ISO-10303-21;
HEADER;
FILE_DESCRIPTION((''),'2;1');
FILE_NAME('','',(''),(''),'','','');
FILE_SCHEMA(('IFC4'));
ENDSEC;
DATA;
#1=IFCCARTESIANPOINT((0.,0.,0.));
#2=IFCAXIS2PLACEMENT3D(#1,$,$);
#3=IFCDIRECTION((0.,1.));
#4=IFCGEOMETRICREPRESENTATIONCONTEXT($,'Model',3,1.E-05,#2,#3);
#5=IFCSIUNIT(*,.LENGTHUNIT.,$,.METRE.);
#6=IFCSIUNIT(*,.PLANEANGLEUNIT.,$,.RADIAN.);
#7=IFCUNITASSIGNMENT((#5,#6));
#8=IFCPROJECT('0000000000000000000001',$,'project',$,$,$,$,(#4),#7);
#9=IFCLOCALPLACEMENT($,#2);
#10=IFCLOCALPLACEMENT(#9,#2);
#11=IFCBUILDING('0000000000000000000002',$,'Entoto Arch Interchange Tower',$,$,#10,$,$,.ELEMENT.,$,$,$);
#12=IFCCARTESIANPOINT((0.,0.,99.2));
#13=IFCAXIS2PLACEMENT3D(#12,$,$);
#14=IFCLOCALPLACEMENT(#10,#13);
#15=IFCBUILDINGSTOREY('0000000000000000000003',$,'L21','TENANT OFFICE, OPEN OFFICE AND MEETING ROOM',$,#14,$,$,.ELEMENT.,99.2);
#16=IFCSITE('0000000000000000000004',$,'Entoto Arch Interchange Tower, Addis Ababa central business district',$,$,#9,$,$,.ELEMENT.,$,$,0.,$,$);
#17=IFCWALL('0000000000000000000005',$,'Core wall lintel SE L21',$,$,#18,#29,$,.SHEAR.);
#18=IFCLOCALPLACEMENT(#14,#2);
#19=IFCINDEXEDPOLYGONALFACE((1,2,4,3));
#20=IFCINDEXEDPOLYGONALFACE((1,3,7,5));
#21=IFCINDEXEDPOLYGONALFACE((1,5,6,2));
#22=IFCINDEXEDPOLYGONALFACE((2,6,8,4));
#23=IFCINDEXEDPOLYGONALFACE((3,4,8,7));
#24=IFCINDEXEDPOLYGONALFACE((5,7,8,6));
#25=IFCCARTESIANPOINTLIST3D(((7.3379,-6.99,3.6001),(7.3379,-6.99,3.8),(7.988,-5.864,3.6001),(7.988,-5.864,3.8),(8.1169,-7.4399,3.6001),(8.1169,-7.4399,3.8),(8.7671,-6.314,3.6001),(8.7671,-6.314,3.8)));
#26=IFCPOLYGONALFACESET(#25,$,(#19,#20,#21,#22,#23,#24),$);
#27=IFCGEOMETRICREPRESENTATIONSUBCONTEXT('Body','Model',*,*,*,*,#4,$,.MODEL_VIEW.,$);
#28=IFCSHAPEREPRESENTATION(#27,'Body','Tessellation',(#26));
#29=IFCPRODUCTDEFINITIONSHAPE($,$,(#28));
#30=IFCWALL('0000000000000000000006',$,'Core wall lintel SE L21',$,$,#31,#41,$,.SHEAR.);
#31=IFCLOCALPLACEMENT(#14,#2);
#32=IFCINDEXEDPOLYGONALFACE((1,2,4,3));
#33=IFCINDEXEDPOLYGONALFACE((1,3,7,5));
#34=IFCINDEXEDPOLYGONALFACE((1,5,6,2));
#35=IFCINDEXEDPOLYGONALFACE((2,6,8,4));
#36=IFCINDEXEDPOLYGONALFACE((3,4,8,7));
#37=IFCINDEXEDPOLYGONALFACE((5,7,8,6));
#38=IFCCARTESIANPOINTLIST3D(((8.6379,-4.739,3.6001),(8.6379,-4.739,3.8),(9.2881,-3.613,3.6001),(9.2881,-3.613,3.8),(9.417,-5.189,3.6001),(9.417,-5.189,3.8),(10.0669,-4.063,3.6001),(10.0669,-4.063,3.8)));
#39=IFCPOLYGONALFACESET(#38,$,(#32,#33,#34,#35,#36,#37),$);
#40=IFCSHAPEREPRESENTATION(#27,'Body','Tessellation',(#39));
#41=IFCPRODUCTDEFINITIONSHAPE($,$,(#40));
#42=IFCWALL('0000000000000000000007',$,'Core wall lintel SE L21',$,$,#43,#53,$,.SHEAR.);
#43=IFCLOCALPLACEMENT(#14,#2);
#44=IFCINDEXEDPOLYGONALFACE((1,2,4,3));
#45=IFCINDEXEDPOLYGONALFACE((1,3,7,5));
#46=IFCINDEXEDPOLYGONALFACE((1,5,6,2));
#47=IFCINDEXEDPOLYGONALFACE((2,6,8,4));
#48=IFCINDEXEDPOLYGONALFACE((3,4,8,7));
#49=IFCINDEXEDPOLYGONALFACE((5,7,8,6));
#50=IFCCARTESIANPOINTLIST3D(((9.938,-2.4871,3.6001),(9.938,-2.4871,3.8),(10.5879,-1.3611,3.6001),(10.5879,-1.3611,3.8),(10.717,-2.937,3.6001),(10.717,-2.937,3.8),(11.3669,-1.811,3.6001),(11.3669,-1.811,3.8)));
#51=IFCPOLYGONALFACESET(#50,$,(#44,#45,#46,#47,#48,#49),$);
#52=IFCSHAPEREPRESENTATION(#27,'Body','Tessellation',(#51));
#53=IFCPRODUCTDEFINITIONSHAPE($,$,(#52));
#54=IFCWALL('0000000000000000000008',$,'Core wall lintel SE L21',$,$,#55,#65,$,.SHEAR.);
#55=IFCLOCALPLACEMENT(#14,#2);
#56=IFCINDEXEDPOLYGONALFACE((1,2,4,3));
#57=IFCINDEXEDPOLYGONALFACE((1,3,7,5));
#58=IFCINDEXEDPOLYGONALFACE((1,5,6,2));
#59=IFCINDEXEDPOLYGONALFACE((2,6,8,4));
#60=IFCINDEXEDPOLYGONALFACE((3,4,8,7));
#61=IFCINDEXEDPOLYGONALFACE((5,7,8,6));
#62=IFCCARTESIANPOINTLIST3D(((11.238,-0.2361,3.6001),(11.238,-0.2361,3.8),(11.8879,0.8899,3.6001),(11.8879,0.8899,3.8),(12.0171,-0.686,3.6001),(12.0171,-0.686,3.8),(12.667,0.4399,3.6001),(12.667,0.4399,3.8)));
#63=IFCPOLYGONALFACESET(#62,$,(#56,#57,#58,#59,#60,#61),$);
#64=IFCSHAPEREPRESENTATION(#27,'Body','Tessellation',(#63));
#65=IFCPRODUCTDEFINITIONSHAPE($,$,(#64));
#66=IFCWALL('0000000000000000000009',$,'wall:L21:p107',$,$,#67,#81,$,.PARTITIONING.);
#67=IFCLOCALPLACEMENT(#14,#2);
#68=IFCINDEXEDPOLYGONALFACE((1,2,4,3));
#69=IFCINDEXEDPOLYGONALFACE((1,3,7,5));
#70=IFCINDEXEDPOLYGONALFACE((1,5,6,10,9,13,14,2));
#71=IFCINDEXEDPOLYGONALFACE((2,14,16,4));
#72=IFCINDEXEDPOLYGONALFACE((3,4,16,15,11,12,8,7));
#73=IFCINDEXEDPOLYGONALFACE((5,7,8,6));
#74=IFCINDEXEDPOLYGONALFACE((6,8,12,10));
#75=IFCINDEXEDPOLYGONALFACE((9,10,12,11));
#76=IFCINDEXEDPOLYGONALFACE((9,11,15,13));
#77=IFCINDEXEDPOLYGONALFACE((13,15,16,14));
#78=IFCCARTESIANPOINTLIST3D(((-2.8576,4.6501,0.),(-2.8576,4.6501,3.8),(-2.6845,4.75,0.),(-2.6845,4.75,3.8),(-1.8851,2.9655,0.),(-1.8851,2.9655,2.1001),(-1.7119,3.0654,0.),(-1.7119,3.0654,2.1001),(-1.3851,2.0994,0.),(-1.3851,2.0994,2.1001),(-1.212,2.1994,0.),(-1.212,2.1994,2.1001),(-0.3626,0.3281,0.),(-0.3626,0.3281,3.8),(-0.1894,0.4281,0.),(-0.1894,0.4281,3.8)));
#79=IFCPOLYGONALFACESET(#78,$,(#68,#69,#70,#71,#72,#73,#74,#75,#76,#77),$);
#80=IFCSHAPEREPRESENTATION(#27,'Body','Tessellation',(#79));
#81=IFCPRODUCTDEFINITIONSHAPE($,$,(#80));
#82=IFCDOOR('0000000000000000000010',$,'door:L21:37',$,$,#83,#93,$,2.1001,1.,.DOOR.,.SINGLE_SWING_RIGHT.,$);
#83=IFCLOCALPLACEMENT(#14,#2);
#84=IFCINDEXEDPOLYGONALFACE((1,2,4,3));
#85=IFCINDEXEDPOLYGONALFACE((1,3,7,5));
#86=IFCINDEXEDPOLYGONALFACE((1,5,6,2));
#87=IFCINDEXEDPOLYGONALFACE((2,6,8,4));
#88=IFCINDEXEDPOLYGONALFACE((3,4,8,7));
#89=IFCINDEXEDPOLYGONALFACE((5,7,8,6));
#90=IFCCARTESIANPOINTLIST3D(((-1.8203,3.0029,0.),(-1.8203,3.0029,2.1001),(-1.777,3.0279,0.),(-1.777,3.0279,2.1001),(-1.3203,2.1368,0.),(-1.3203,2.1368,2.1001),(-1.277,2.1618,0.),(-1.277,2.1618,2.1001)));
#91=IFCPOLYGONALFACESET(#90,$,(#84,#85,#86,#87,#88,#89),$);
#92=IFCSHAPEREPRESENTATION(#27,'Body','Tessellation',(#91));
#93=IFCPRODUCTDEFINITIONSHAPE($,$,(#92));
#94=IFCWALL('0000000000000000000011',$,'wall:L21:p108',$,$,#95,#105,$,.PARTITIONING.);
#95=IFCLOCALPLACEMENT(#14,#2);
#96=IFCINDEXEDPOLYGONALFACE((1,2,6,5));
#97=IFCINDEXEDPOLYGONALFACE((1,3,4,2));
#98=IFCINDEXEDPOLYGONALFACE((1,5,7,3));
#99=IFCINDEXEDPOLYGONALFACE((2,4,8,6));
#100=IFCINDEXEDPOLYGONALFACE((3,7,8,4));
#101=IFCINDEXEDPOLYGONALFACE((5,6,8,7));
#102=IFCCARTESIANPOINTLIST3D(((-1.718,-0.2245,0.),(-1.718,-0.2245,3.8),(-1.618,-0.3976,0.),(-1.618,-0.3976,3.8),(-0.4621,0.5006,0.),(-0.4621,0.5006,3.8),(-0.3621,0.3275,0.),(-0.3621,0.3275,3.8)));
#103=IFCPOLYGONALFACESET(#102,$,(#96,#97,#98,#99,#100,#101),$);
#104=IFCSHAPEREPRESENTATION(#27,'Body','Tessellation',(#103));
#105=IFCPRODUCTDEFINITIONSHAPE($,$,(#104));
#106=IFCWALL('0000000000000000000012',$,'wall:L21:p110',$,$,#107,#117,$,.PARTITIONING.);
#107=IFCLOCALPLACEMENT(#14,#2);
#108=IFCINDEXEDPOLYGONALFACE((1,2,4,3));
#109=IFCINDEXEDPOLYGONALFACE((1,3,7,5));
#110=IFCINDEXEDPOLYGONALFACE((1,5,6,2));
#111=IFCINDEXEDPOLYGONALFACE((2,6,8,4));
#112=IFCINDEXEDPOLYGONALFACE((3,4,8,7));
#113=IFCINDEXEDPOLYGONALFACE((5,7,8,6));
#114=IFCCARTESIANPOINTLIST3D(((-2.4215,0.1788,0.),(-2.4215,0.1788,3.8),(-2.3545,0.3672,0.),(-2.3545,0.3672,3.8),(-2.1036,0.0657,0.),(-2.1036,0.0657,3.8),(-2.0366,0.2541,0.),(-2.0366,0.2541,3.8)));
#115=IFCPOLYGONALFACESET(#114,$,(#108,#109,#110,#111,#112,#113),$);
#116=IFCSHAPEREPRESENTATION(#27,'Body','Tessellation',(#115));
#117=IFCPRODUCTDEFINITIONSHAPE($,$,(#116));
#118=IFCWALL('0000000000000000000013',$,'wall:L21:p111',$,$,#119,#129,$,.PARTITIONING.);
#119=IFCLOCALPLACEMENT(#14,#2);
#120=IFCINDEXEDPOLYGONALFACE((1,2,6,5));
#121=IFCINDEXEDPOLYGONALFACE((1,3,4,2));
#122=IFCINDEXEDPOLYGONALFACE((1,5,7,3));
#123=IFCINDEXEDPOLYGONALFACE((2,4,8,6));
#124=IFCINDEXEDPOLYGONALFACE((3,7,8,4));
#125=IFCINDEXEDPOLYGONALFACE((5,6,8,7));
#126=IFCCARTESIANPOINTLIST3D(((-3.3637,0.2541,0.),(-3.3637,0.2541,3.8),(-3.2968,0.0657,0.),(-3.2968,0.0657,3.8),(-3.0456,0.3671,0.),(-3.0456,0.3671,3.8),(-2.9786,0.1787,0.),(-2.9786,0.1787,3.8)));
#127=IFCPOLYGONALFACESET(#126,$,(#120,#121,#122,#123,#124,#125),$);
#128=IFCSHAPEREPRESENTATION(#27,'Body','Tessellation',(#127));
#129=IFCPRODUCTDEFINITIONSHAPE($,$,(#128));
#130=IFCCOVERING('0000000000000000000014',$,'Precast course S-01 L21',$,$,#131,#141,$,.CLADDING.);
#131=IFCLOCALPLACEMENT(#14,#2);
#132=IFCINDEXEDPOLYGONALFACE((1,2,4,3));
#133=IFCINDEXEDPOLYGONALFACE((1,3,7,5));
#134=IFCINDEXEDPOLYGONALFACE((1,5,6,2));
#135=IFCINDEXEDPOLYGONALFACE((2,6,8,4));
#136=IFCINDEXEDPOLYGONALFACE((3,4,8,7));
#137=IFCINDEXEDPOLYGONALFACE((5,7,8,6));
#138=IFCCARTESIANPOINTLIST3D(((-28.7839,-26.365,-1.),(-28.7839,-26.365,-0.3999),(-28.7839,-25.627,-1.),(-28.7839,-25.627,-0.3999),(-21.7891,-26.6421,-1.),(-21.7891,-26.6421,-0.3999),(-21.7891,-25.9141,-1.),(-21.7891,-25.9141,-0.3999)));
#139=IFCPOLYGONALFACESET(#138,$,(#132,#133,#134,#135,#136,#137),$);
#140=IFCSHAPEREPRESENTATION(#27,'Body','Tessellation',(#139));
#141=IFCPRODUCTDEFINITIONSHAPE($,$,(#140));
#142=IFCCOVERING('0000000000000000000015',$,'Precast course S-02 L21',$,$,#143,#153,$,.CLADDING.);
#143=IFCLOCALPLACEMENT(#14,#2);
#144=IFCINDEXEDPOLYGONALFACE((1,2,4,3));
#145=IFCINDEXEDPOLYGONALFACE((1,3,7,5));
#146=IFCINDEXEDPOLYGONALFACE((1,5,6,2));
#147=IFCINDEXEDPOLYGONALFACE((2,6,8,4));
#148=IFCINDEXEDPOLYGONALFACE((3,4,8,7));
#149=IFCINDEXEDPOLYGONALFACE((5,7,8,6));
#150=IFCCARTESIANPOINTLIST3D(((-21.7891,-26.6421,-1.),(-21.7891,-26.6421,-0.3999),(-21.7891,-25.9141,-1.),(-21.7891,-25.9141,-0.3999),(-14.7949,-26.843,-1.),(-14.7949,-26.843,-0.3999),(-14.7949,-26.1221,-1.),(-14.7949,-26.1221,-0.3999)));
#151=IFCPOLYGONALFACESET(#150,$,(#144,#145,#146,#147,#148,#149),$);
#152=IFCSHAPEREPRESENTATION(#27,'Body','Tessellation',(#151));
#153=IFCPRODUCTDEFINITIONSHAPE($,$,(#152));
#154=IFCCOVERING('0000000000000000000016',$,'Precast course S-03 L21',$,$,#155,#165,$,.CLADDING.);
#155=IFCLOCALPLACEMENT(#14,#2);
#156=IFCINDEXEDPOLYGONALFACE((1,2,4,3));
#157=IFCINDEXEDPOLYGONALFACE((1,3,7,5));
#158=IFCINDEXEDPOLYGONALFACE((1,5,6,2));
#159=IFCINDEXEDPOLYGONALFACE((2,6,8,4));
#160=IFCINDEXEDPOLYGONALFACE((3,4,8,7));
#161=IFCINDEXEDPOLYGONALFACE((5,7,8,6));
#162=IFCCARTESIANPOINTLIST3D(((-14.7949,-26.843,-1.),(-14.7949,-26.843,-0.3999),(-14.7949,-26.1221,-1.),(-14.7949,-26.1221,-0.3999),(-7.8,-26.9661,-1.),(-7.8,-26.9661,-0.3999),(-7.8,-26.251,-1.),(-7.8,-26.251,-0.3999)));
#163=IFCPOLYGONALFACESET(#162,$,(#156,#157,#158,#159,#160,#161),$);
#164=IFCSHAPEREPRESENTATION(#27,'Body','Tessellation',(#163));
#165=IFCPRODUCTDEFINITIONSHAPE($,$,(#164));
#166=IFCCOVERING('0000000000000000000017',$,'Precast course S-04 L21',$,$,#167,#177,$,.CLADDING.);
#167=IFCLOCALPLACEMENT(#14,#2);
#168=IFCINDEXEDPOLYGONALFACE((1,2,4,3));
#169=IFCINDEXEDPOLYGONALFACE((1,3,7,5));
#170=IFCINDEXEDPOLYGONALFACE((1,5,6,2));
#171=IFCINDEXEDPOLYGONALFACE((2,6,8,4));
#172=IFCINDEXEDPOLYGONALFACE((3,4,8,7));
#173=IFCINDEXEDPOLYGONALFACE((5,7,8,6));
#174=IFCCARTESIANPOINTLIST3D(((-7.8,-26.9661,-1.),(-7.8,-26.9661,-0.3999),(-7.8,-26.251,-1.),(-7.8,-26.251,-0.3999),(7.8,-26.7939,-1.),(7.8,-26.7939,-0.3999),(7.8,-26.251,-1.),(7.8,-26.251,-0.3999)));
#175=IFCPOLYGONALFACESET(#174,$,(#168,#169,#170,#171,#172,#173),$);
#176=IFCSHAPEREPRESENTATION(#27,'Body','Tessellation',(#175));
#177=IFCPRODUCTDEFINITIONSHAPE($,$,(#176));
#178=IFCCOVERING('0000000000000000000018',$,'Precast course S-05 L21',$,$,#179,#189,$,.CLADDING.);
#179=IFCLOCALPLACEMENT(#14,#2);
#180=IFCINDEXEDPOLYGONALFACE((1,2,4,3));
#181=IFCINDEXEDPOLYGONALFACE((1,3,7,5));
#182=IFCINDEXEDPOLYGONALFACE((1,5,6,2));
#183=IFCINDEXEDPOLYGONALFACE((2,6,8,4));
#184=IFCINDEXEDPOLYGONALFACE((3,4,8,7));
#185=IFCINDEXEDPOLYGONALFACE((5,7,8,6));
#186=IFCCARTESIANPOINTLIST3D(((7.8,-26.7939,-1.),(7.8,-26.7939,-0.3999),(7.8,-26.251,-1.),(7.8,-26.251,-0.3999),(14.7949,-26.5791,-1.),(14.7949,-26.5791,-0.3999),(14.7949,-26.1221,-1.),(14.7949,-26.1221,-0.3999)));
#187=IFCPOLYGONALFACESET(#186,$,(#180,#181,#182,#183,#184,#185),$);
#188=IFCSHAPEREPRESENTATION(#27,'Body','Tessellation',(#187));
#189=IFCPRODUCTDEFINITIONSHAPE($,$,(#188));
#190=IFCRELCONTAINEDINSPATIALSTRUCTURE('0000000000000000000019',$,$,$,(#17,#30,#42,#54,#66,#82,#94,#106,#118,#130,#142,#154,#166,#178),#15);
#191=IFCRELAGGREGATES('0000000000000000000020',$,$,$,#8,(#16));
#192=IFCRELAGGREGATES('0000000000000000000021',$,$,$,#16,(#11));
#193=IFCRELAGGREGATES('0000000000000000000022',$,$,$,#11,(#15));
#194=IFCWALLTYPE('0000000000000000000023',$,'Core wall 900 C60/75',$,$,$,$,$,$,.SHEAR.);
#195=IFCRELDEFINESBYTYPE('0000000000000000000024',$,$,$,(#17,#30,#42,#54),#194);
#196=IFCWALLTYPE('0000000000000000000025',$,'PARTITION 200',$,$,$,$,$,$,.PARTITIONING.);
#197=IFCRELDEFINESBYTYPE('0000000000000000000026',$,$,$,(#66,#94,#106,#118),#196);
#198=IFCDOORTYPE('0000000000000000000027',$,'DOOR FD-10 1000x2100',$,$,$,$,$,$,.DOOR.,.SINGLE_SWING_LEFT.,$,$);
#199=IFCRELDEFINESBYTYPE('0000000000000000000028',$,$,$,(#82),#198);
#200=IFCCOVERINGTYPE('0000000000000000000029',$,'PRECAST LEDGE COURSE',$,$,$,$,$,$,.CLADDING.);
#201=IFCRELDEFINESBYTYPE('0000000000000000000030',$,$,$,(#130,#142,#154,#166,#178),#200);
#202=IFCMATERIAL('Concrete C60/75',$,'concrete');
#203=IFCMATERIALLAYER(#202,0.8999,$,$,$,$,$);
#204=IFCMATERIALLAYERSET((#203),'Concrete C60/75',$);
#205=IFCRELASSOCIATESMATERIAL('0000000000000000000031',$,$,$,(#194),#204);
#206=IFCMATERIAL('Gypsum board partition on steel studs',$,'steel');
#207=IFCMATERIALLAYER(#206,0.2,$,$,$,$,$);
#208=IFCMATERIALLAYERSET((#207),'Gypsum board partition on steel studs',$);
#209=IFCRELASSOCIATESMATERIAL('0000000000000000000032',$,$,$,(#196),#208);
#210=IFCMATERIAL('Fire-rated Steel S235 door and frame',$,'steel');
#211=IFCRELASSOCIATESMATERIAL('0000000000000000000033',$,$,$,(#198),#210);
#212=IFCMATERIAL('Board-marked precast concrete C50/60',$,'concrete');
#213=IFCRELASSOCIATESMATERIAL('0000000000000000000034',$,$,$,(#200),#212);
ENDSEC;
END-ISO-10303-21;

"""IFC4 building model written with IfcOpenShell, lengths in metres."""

from ifc_helpers import new_model, si_unit, direction, frame, frame_2d, origin, place, context, subcontext, project, spatial, polyline, rectangle, outline, extrude, material, layer, layer_set, type_object, element, fill, save


model = new_model("IFC4")

# Units and contexts
model_context = context("Model", 3, precision=1e-05, world=origin(), true_north=direction((0.0, 1.0)))
body_context = subcontext(model_context, "Body", "Model", "MODEL_VIEW")
ifc_project = project(units=[si_unit("LENGTHUNIT", "METRE"), si_unit("PLANEANGLEUNIT", "RADIAN")], contexts=[model_context])

# Site, building, storey
site_placement = place(None, origin())
site = spatial("IfcSite", under=ifc_project, at=site_placement, Name="Entoto Arch Interchange Tower, Addis Ababa central business district", CompositionType="ELEMENT", RefElevation=0.0)
building_placement = place(site_placement, origin())
building = spatial("IfcBuilding", under=site, at=building_placement, Name="Entoto Arch Interchange Tower", CompositionType="ELEMENT")
storey_placement = place(building_placement, frame((0.0, 0.0, 99.2)))
storey = spatial("IfcBuildingStorey", under=building, at=storey_placement, Name="L21", Description="TENANT OFFICE, OPEN OFFICE AND MEETING ROOM", CompositionType="ELEMENT", Elevation=99.2)

# Walls
ifc_material_1 = material(Name="Concrete C60/75", Category="concrete")
ifc_layer_1 = layer(ifc_material_1, 0.8999)
ifc_layer_set_1 = layer_set([ifc_layer_1], Name="Concrete C60/75")
wall_type_1 = type_object("IfcWallType", Name="Core wall 900 C60/75", PredefinedType="SHEAR", material=ifc_layer_set_1)
wall_1_placement = place(storey_placement, frame((0.0, 0.0, 3.6001)))
element("IfcWall", 1, at=wall_1_placement, inside=storey, type_object=wall_type_1, Name="Core wall lintel SE L21", PredefinedType="SHEAR", context=body_context, shape_type="SweptSolid", body=[
    extrude(outline(polyline([(8.7671, -6.314), (7.988, -5.864), (7.3379, -6.99), (8.1169, -7.4399), (8.7671, -6.314)])), origin(), (0.0, 0.0, 1.0), 0.2),
])
wall_2_placement = place(storey_placement, frame((0.0, 0.0, 3.6001)))
element("IfcWall", 2, at=wall_2_placement, inside=storey, type_object=wall_type_1, Name="Core wall lintel SE L21", PredefinedType="SHEAR", context=body_context, shape_type="SweptSolid", body=[
    extrude(outline(polyline([(10.0669, -4.063), (9.2881, -3.613), (8.6379, -4.739), (9.417, -5.189), (10.0669, -4.063)])), origin(), (0.0, 0.0, 1.0), 0.2),
])
wall_3_placement = place(storey_placement, frame((0.0, 0.0, 3.6001)))
element("IfcWall", 3, at=wall_3_placement, inside=storey, type_object=wall_type_1, Name="Core wall lintel SE L21", PredefinedType="SHEAR", context=body_context, shape_type="SweptSolid", body=[
    extrude(outline(polyline([(11.3669, -1.811), (10.5879, -1.3611), (9.938, -2.4871), (10.717, -2.937), (11.3669, -1.811)])), origin(), (0.0, 0.0, 1.0), 0.2),
])
wall_4_placement = place(storey_placement, frame((0.0, 0.0, 3.6001)))
element("IfcWall", 4, at=wall_4_placement, inside=storey, type_object=wall_type_1, Name="Core wall lintel SE L21", PredefinedType="SHEAR", context=body_context, shape_type="SweptSolid", body=[
    extrude(outline(polyline([(12.667, 0.4399), (11.8879, 0.8899), (11.238, -0.2361), (12.0171, -0.686), (12.667, 0.4399)])), origin(), (0.0, 0.0, 1.0), 0.2),
])

# Wall, opening, door
ifc_material_2 = material(Name="Gypsum board partition on steel studs", Category="steel")
ifc_layer_2 = layer(ifc_material_2, 0.2)
ifc_layer_set_2 = layer_set([ifc_layer_2], Name="Gypsum board partition on steel studs")
wall_type_2 = type_object("IfcWallType", Name="PARTITION 200", PredefinedType="PARTITIONING", material=ifc_layer_set_2)
wall_5_placement = place(storey_placement, frame((-2.771, 4.7, 0.0), z_axis=(0.0, 0.0, 1.0), x_axis=(0.499969, -0.866043, 0.0)))
wall_5 = element("IfcWall", 5, at=wall_5_placement, inside=storey, type_object=wall_type_2, Name="wall:L21:p107", PredefinedType="PARTITIONING", context=body_context, shape_type="SweptSolid", body=[
    extrude(rectangle(XDim=4.9905, YDim=0.2, at=frame_2d((2.4951, 0.0))), origin(), (0.0, 0.0, 1.0), 3.8),
])
opening_placement = place(wall_5_placement, frame((1.9451, 0.0, 0.0)))
opening = element("IfcOpeningElement", 6, at=opening_placement, cuts=wall_5, PredefinedType="OPENING", context=body_context, shape_type="SweptSolid", body=[
    extrude(rectangle(XDim=1.0, YDim=2.1001, at=frame_2d((0.5, 1.05))), frame((0.0, 0.1099, 0.0), z_axis=(0.0, -1.0, 0.0), x_axis=(1.0, 0.0, 0.0)), (0.0, 0.0, 1.0), 0.22),
])
ifc_material_3 = material(Name="Fire-rated Steel S235 door and frame", Category="steel")
door_type = type_object("IfcDoorType", Name="DOOR FD-10 1000x2100", OperationType="SINGLE_SWING_LEFT", PredefinedType="DOOR", material=ifc_material_3)
door_placement = place(opening_placement, origin())
door = element("IfcDoor", 7, at=door_placement, inside=storey, type_object=door_type, Name="door:L21:37", OperationType="SINGLE_SWING_RIGHT", OverallHeight=2.1001, OverallWidth=1.0, PredefinedType="DOOR", context=body_context, shape_type="SweptSolid", body=[
    extrude(rectangle(XDim=1.0, YDim=2.1001, at=frame_2d((0.5, 1.05))), frame((0.0, 0.0249, 0.0), z_axis=(0.0, -1.0, 0.0), x_axis=(1.0, 0.0, 0.0)), (0.0, 0.0, 1.0), 0.05),
])
fill(opening, door)

# Walls
wall_6_placement = place(storey_placement, frame((-0.4121, 0.4141, 0.0), z_axis=(0.0, 0.0, 1.0), x_axis=(-0.866017, -0.500014, 0.0)))
element("IfcWall", 8, at=wall_6_placement, inside=storey, type_object=wall_type_2, Name="wall:L21:p108", PredefinedType="PARTITIONING", context=body_context, shape_type="SweptSolid", body=[
    extrude(rectangle(XDim=1.4502, YDim=0.2, at=frame_2d((0.7251, 0.0))), origin(), (0.0, 0.0, 1.0), 3.8),
])
wall_7_placement = place(storey_placement, frame((-2.0701, 0.1599, 0.0), z_axis=(0.0, 0.0, 1.0), x_axis=(-0.942199, 0.335052, 0.0)))
element("IfcWall", 9, at=wall_7_placement, inside=storey, type_object=wall_type_2, Name="wall:L21:p110", PredefinedType="PARTITIONING", context=body_context, shape_type="SweptSolid", body=[
    extrude(rectangle(XDim=0.3374, YDim=0.2, at=frame_2d((0.1687, 0.0))), origin(), (0.0, 0.0, 1.0), 3.8),
])
wall_8_placement = place(storey_placement, frame((-3.012, 0.2729, 0.0), z_axis=(0.0, 0.0, 1.0), x_axis=(-0.942281, -0.334824, 0.0)))
element("IfcWall", 10, at=wall_8_placement, inside=storey, type_object=wall_type_2, Name="wall:L21:p111", PredefinedType="PARTITIONING", context=body_context, shape_type="SweptSolid", body=[
    extrude(rectangle(XDim=0.3376, YDim=0.2, at=frame_2d((0.1689, 0.0))), origin(), (0.0, 0.0, 1.0), 3.8),
])

# Coverings
ifc_material_4 = material(Name="Board-marked precast concrete C50/60", Category="concrete")
covering_type = type_object("IfcCoveringType", Name="PRECAST LEDGE COURSE", PredefinedType="CLADDING", material=ifc_material_4)
covering_1_placement = place(storey_placement, frame((0.0, 0.0, -1.0)))
element("IfcCovering", 11, at=covering_1_placement, inside=storey, type_object=covering_type, Name="Precast course S-01 L21", PredefinedType="CLADDING", context=body_context, shape_type="SweptSolid", body=[
    extrude(outline(polyline([(-21.7891, -25.9141), (-21.7891, -26.6421), (-28.7839, -26.365), (-28.7839, -25.627), (-21.7891, -25.9141)])), origin(), (0.0, 0.0, 1.0), 0.6001),
])
covering_2_placement = place(storey_placement, frame((0.0, 0.0, -1.0)))
element("IfcCovering", 12, at=covering_2_placement, inside=storey, type_object=covering_type, Name="Precast course S-02 L21", PredefinedType="CLADDING", context=body_context, shape_type="SweptSolid", body=[
    extrude(outline(polyline([(-14.7949, -26.1221), (-14.7949, -26.843), (-21.7891, -26.6421), (-21.7891, -25.9141), (-14.7949, -26.1221)])), origin(), (0.0, 0.0, 1.0), 0.6001),
])
covering_3_placement = place(storey_placement, frame((0.0, 0.0, -1.0)))
element("IfcCovering", 13, at=covering_3_placement, inside=storey, type_object=covering_type, Name="Precast course S-03 L21", PredefinedType="CLADDING", context=body_context, shape_type="SweptSolid", body=[
    extrude(outline(polyline([(-7.8, -26.251), (-7.8, -26.9661), (-14.7949, -26.843), (-14.7949, -26.1221), (-7.8, -26.251)])), origin(), (0.0, 0.0, 1.0), 0.6001),
])
covering_4_placement = place(storey_placement, frame((0.0, 0.0, -1.0)))
element("IfcCovering", 14, at=covering_4_placement, inside=storey, type_object=covering_type, Name="Precast course S-04 L21", PredefinedType="CLADDING", context=body_context, shape_type="SweptSolid", body=[
    extrude(outline(polyline([(7.8, -26.251), (7.8, -26.7939), (-7.8, -26.9661), (-7.8, -26.251), (7.8, -26.251)])), origin(), (0.0, 0.0, 1.0), 0.6001),
])
covering_5_placement = place(storey_placement, frame((0.0, 0.0, -1.0)))
element("IfcCovering", 15, at=covering_5_placement, inside=storey, type_object=covering_type, Name="Precast course S-05 L21", PredefinedType="CLADDING", context=body_context, shape_type="SweptSolid", body=[
    extrude(outline(polyline([(14.7949, -26.1221), (14.7949, -26.5791), (7.8, -26.7939), (7.8, -26.251), (14.7949, -26.1221)])), origin(), (0.0, 0.0, 1.0), 0.6001),
])

save(model, "model.ifc")
